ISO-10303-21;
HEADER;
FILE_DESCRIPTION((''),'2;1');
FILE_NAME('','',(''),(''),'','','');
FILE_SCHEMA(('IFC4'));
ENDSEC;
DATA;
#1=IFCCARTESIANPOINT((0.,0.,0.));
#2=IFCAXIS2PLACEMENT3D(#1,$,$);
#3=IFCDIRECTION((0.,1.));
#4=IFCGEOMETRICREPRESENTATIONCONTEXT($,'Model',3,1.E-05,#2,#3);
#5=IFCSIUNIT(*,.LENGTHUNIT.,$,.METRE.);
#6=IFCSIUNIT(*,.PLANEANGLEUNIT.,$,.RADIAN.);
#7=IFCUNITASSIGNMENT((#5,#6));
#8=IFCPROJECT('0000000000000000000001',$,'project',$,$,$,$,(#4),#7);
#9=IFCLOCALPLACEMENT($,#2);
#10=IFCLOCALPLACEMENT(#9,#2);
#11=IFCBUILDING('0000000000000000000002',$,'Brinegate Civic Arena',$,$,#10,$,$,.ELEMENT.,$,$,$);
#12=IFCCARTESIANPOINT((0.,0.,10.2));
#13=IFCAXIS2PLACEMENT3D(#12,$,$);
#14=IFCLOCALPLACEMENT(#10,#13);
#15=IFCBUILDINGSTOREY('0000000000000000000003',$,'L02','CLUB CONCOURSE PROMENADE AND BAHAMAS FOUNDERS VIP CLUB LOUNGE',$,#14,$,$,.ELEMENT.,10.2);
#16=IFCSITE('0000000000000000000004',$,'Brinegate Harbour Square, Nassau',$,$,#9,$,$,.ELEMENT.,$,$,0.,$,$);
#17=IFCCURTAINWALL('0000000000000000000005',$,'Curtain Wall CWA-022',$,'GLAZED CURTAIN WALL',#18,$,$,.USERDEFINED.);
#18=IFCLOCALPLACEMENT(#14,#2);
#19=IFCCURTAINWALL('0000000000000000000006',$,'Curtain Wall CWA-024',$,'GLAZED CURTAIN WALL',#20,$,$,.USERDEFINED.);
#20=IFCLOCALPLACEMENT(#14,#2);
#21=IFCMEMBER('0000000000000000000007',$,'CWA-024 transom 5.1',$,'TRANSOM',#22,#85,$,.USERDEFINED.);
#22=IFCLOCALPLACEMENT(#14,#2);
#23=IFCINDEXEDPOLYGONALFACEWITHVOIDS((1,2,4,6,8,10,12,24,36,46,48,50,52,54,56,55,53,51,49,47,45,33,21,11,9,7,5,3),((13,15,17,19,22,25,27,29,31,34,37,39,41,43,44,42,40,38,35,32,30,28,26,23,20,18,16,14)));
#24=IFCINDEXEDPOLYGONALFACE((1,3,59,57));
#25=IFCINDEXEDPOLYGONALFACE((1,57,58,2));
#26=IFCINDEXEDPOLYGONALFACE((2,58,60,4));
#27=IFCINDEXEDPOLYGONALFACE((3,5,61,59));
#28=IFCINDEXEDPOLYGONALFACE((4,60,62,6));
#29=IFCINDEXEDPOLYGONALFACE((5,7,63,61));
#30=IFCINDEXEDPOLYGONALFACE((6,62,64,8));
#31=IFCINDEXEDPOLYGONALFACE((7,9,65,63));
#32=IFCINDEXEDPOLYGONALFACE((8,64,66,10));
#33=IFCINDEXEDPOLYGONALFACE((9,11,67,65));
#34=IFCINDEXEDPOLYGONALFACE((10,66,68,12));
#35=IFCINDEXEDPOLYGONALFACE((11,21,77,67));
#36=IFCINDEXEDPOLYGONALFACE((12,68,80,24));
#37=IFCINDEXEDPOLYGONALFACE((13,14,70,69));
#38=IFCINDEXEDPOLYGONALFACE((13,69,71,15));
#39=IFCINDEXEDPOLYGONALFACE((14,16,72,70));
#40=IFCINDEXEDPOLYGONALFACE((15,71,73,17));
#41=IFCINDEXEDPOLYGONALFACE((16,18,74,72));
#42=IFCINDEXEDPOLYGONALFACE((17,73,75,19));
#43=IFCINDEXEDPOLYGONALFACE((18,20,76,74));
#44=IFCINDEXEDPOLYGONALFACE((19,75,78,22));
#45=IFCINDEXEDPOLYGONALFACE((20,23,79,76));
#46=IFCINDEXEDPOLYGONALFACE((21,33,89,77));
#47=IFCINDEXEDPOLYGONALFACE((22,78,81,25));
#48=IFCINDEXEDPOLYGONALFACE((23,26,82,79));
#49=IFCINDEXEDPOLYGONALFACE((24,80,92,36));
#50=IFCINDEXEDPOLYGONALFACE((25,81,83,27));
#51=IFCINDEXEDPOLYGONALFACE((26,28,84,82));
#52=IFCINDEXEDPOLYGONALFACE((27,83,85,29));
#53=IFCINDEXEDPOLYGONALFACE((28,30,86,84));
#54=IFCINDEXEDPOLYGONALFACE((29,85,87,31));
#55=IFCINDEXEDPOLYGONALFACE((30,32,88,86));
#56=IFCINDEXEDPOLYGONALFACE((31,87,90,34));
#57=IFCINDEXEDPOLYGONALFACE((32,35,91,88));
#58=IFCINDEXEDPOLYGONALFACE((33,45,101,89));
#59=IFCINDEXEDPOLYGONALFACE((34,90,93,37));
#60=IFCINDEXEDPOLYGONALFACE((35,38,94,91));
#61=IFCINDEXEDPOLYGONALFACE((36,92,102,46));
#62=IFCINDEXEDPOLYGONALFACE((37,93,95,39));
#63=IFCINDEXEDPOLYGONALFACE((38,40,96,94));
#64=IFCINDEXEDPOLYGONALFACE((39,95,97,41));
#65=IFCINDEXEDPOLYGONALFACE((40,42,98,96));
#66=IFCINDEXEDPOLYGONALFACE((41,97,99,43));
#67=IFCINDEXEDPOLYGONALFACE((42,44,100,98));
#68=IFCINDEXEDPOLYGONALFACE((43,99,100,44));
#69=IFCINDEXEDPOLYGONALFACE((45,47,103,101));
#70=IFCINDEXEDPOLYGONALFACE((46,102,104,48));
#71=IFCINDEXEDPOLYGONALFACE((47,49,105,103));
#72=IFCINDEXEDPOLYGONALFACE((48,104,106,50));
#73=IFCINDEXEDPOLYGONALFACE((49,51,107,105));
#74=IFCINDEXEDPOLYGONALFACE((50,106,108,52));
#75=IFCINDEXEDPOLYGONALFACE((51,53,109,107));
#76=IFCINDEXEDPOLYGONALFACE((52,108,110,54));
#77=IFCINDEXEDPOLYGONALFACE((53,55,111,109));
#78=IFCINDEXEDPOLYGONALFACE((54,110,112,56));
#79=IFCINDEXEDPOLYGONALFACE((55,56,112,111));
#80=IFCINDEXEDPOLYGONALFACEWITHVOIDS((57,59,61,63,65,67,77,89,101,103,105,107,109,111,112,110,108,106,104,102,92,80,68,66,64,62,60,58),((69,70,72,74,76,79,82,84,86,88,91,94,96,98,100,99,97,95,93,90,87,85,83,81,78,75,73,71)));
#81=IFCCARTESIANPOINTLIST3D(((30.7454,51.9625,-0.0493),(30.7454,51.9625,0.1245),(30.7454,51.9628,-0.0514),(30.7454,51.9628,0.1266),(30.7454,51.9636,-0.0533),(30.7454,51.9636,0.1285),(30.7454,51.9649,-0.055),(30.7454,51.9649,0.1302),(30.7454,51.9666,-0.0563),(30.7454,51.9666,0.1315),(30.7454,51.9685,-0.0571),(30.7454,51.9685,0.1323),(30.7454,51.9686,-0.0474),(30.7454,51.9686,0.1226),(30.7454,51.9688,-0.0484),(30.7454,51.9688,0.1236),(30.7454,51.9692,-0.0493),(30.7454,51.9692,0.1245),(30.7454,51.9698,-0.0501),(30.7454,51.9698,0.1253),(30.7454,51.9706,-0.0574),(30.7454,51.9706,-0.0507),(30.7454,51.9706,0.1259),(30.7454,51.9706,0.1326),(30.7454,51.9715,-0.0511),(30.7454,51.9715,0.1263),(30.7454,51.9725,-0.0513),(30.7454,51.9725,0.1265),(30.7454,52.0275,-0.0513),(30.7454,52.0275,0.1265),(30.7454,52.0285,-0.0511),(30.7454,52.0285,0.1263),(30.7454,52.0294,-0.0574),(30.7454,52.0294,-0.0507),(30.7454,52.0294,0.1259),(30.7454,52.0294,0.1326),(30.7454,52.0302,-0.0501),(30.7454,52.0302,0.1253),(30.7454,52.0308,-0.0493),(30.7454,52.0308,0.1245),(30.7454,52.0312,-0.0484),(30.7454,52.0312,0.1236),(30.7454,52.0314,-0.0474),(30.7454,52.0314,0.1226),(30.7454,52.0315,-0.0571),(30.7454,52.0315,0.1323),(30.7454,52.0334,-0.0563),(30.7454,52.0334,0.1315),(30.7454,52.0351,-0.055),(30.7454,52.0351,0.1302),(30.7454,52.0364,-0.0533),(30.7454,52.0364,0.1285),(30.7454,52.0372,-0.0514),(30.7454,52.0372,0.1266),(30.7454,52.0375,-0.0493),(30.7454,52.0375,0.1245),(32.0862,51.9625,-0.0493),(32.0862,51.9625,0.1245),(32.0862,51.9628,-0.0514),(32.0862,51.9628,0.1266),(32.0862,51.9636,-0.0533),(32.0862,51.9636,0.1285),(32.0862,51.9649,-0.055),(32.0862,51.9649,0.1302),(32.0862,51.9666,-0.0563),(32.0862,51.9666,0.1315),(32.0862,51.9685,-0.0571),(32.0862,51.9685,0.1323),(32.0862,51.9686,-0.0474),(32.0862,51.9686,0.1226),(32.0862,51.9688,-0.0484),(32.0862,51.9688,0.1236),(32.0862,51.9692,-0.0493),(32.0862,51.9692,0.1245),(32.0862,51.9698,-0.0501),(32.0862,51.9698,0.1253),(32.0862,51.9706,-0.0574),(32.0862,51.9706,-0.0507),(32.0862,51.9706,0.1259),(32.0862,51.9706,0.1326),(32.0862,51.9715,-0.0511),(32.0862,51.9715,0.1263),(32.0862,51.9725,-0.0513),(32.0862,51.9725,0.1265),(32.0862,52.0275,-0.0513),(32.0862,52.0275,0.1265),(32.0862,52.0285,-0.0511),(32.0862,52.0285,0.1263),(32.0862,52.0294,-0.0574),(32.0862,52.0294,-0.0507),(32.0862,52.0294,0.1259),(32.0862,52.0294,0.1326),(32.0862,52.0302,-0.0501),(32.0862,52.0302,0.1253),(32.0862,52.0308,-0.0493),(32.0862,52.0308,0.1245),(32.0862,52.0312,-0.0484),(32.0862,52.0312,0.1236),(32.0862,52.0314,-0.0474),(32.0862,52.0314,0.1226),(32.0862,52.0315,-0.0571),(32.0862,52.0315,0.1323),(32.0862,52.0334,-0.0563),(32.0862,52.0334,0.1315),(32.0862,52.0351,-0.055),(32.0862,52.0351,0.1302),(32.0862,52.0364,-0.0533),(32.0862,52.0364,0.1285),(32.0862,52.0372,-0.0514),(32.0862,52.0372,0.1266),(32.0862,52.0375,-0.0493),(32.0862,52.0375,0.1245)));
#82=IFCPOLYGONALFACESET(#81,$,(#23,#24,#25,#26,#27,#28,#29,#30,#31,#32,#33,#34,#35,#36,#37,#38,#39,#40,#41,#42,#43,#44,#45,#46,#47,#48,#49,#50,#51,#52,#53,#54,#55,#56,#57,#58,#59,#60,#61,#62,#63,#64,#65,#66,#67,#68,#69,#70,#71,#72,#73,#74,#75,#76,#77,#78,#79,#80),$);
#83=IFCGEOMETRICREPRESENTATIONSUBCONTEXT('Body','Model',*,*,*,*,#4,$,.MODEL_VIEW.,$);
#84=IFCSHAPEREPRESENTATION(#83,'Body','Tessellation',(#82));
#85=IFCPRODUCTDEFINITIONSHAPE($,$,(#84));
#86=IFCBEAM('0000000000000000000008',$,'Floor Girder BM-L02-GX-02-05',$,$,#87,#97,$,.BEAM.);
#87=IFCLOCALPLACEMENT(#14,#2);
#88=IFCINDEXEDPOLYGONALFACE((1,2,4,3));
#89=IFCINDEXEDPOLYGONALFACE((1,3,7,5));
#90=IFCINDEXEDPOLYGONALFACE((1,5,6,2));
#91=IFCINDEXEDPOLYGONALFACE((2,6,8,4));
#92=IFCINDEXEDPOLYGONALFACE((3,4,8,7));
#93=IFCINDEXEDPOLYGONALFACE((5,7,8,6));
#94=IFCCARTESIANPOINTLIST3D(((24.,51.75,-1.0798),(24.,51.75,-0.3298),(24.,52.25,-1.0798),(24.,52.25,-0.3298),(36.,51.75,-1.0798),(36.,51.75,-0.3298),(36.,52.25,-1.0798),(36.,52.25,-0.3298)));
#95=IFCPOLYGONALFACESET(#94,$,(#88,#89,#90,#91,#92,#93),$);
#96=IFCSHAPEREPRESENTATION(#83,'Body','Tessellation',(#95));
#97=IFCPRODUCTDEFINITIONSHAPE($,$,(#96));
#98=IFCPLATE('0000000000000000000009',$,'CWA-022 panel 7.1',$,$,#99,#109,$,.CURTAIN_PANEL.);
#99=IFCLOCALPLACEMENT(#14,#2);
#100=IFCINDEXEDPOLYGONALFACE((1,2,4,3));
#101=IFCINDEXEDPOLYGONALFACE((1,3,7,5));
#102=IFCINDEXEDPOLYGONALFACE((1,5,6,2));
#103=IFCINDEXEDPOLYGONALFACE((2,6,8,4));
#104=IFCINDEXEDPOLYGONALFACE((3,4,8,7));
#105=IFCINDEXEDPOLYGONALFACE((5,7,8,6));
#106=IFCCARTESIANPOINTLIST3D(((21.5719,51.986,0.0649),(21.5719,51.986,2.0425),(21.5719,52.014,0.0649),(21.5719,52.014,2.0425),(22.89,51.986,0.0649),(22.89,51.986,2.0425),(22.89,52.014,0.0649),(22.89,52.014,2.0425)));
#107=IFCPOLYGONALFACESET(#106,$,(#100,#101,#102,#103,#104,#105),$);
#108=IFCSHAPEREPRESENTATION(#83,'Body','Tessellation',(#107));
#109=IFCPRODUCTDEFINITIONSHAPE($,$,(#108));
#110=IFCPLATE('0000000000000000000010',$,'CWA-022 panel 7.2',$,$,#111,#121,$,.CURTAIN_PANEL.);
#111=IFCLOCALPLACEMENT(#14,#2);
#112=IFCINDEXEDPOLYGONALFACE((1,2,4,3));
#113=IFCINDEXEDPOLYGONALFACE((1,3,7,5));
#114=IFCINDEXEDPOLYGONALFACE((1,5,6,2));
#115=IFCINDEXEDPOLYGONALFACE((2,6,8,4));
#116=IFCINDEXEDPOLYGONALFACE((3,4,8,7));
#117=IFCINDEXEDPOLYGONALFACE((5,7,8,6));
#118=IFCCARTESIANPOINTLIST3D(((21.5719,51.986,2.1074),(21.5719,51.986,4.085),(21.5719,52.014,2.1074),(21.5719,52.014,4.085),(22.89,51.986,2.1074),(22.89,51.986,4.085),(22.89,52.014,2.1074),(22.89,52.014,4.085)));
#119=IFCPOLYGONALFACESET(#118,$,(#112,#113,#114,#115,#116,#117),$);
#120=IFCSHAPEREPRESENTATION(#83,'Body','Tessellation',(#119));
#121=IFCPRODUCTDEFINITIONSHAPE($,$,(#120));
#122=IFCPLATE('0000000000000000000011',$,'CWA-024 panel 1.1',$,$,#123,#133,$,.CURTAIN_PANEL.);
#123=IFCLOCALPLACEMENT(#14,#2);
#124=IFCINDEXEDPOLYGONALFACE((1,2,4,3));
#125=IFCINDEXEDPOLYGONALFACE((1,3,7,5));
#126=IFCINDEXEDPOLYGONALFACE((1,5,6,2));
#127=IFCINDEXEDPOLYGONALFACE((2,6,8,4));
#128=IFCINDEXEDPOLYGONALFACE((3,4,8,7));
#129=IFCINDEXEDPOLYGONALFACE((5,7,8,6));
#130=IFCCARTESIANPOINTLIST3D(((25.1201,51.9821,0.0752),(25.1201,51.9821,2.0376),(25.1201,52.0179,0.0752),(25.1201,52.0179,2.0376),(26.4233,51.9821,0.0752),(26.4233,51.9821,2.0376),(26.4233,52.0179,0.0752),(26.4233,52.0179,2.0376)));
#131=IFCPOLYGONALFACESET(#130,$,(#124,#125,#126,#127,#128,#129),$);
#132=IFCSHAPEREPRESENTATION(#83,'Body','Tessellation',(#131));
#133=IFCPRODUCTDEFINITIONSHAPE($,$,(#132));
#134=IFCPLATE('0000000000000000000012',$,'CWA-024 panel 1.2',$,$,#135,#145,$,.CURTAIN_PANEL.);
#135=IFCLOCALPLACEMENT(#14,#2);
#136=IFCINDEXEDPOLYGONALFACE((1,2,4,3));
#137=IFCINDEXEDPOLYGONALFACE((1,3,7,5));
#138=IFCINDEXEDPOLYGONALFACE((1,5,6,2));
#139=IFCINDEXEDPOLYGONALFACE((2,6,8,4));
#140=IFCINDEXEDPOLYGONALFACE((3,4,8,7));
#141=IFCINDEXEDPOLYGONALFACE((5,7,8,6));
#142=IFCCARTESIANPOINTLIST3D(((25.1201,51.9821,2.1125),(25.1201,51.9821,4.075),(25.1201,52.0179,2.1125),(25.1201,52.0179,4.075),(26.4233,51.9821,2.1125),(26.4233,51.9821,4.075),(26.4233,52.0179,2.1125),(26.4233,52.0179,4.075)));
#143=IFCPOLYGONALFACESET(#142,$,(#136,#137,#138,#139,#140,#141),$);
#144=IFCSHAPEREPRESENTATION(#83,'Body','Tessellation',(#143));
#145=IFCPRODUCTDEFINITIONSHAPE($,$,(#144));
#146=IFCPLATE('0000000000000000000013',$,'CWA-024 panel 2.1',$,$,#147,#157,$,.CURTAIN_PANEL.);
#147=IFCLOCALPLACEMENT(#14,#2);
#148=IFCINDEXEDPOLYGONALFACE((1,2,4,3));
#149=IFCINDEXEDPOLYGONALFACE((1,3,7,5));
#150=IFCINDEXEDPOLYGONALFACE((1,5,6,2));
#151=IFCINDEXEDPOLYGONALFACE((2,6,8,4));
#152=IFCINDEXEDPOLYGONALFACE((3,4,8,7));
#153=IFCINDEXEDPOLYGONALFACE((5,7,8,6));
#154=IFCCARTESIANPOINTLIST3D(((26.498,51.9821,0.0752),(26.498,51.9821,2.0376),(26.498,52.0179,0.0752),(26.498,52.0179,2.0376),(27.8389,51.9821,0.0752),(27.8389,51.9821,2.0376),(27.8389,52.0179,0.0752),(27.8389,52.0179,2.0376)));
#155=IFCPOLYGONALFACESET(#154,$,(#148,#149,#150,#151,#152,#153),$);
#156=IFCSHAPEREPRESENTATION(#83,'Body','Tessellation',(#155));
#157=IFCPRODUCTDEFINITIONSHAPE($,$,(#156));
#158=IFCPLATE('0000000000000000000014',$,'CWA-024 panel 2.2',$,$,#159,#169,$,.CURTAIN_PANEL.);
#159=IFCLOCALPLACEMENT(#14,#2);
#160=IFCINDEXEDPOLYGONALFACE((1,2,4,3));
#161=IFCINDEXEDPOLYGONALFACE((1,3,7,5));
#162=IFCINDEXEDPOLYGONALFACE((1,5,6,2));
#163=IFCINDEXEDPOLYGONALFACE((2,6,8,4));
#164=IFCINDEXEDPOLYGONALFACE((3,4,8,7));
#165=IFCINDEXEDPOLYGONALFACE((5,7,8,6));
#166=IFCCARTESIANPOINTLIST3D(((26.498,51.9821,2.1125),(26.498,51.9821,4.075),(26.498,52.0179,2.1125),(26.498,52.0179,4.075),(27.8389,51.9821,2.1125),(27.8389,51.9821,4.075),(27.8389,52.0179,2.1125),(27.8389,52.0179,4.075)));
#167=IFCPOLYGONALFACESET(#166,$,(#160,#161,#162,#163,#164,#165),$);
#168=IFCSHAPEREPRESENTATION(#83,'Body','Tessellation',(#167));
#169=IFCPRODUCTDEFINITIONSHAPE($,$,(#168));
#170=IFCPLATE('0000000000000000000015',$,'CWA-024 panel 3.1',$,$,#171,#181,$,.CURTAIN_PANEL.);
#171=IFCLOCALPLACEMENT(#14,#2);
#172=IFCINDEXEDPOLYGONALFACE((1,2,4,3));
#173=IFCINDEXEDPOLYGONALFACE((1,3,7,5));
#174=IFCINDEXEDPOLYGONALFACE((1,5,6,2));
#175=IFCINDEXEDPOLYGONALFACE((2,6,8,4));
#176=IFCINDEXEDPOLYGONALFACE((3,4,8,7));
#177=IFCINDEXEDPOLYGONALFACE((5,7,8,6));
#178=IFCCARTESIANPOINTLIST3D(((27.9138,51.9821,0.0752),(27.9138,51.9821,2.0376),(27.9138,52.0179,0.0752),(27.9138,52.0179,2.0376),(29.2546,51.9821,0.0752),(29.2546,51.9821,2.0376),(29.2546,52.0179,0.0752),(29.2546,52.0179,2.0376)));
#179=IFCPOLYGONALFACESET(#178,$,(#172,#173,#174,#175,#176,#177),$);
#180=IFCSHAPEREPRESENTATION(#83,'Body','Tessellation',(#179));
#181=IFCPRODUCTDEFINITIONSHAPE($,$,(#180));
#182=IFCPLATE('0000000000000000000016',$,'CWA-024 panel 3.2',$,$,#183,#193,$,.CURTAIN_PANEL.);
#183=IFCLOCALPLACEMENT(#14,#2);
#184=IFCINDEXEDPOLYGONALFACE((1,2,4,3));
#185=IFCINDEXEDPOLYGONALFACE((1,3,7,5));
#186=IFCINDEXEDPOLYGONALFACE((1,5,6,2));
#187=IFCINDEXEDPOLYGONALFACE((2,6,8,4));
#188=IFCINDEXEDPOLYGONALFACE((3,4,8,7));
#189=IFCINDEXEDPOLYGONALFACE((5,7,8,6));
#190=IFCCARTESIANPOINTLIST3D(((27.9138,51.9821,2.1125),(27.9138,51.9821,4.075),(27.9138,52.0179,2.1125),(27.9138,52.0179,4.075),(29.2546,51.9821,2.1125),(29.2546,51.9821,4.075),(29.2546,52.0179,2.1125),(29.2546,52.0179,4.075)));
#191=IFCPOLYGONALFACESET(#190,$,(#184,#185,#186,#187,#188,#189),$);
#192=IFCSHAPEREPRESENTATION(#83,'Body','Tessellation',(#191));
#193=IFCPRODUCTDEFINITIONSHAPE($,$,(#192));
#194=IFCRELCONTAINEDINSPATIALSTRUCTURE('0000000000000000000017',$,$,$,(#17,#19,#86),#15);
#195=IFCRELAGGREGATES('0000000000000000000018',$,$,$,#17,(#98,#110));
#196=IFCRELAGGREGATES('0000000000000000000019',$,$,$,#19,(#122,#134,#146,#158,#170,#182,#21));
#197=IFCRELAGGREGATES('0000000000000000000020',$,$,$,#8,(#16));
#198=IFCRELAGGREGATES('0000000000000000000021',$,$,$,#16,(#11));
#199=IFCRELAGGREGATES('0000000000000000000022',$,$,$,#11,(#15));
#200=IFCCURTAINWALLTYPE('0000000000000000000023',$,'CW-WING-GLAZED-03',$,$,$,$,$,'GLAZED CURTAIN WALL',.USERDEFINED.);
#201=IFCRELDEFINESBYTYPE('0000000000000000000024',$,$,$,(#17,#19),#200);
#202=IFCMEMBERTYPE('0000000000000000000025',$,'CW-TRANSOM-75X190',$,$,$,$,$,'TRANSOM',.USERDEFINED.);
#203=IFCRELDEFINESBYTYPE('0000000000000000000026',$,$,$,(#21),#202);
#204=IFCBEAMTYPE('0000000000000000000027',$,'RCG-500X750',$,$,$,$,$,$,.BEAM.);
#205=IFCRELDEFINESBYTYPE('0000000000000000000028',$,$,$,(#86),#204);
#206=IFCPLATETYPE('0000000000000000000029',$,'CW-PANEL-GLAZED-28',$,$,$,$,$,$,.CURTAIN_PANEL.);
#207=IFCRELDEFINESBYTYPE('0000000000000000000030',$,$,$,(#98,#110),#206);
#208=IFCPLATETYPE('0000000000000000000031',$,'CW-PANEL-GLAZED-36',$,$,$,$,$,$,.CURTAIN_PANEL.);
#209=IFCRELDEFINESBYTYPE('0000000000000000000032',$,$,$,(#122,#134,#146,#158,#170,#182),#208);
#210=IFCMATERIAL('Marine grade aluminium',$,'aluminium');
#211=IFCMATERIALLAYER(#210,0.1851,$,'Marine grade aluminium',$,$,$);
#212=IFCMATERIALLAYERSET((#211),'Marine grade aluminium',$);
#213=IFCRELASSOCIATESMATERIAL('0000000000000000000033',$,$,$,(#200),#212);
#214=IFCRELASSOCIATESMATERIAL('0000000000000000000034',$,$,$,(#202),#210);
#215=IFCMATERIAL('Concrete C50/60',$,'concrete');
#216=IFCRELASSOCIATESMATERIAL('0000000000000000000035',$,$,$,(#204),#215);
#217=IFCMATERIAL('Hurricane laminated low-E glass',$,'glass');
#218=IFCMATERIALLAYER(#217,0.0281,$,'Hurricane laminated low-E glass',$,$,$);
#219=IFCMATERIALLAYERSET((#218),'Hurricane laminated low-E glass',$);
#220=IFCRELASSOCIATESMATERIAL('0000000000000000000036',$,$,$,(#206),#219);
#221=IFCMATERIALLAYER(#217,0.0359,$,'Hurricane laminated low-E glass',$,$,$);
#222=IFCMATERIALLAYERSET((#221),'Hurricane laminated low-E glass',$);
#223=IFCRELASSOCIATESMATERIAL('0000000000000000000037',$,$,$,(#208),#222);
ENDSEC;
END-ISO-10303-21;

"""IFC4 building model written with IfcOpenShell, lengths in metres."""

from ifc_helpers import new_model, si_unit, direction, frame, origin, origin_2d, place, context, subcontext, project, spatial, rectangle, hollow_rectangle, extrude, material, layer, layer_set, material_profile, profile_set, type_object, element, aggregate, save


model = new_model("IFC4")

# Units and contexts
model_context = context("Model", 3, precision=1e-05, world=origin(), true_north=direction((0.0, 1.0)))
body_context = subcontext(model_context, "Body", "Model", "MODEL_VIEW")
ifc_project = project(units=[si_unit("LENGTHUNIT", "METRE"), si_unit("PLANEANGLEUNIT", "RADIAN")], contexts=[model_context])

# Site, building, storey
site_placement = place(None, origin())
site = spatial("IfcSite", under=ifc_project, at=site_placement, Name="Brinegate Harbour Square, Nassau", CompositionType="ELEMENT", RefElevation=0.0)
building_placement = place(site_placement, origin())
building = spatial("IfcBuilding", under=site, at=building_placement, Name="Brinegate Civic Arena", CompositionType="ELEMENT")
storey_placement = place(building_placement, frame((0.0, 0.0, 10.2)))
storey = spatial("IfcBuildingStorey", under=building, at=storey_placement, Name="L02", Description="CLUB CONCOURSE PROMENADE AND BAHAMAS FOUNDERS VIP CLUB LOUNGE", CompositionType="ELEMENT", Elevation=10.2)

# Shared definitions
ifc_material_1 = material(Name="Concrete C50/60", Category="concrete")

# Curtain wall
ifc_material_2 = material(Name="Marine grade aluminium", Category="aluminium")
ifc_layer_1 = layer(ifc_material_2, 0.1851, Name="Marine grade aluminium")
ifc_layer_set_1 = layer_set([ifc_layer_1], Name="Marine grade aluminium")
curtain_wall_type_1 = type_object("IfcCurtainWallType", Name="CW-WING-GLAZED-03", ElementType="GLAZED CURTAIN WALL", PredefinedType="USERDEFINED", material=ifc_layer_set_1)
curtain_wall_1_placement = place(storey_placement, origin())
curtain_wall_1 = element("IfcCurtainWall", 1, at=curtain_wall_1_placement, inside=storey, type_object=curtain_wall_type_1, Name="Curtain Wall CWA-022", ObjectType="GLAZED CURTAIN WALL", PredefinedType="USERDEFINED")

# Curtain wall
curtain_wall_2_placement = place(storey_placement, origin())
curtain_wall_2 = element("IfcCurtainWall", 2, at=curtain_wall_2_placement, inside=storey, type_object=curtain_wall_type_1, Name="Curtain Wall CWA-024", ObjectType="GLAZED CURTAIN WALL", PredefinedType="USERDEFINED")

# Member
ifc_material_profile_1 = material_profile(ifc_material_2, hollow_rectangle(XDim=0.075, YDim=0.1899, WallThickness=0.0061, InnerFilletRadius=0.0039, OuterFilletRadius=0.0081, at=origin_2d()), Name="TRN75X190")
ifc_profile_set_1 = profile_set([ifc_material_profile_1], Name="Marine grade aluminium")
member_type_1 = type_object("IfcMemberType", Name="CW-TRANSOM-75X190", ElementType="TRANSOM", PredefinedType="USERDEFINED", material=ifc_profile_set_1)
member_1_placement = place(storey_placement, frame((30.7454, 52.0, 0.0376), z_axis=(1.0, 0.0, 0.0), x_axis=(0.0, 1.0, 0.0)))
member_1 = element("IfcMember", 3, at=member_1_placement, type_object=member_type_1, Name="CWA-024 transom 5.1", ObjectType="TRANSOM", PredefinedType="USERDEFINED", context=body_context, shape_type="SweptSolid", body=[
    extrude(hollow_rectangle(XDim=0.075, YDim=0.1899, WallThickness=0.0061, InnerFilletRadius=0.0039, OuterFilletRadius=0.0081, at=origin_2d()), origin(), (0.0, 0.0, 1.0), 1.3408),
])

# Beam
ifc_material_profile_2 = material_profile(ifc_material_1, rectangle(XDim=0.5, YDim=0.75, at=origin_2d()), Name="RCB500X750")
ifc_profile_set_2 = profile_set([ifc_material_profile_2], Name="Concrete C50/60")
beam_type = type_object("IfcBeamType", Name="RCG-500X750", PredefinedType="BEAM", material=ifc_profile_set_2)
beam_placement = place(storey_placement, frame((24.0, 52.0, -0.7048), z_axis=(1.0, 0.0, 0.0), x_axis=(0.0, 1.0, 0.0)))
element("IfcBeam", 4, at=beam_placement, inside=storey, type_object=beam_type, Name="Floor Girder BM-L02-GX-02-05", PredefinedType="BEAM", context=body_context, shape_type="SweptSolid", body=[
    extrude(rectangle(XDim=0.5, YDim=0.75, at=origin_2d()), origin(), (0.0, 0.0, 1.0), 12.0),
])

# Plates
ifc_material_3 = material(Name="Hurricane laminated low-E glass", Category="glass")
ifc_layer_2 = layer(ifc_material_3, 0.0281, Name="Hurricane laminated low-E glass")
ifc_layer_set_2 = layer_set([ifc_layer_2], Name="Hurricane laminated low-E glass")
plate_type_1 = type_object("IfcPlateType", Name="CW-PANEL-GLAZED-28", PredefinedType="CURTAIN_PANEL", material=ifc_layer_set_2)
plate_1_placement = place(storey_placement, frame((22.231, 52.0, 0.0649), z_axis=(0.0, 0.0, 1.0), x_axis=(1.0, 0.0, 0.0)))
plate_1 = element("IfcPlate", 5, at=plate_1_placement, type_object=plate_type_1, Name="CWA-022 panel 7.1", PredefinedType="CURTAIN_PANEL", context=body_context, shape_type="SweptSolid", body=[
    extrude(rectangle(XDim=1.3181, YDim=0.0281, at=origin_2d()), origin(), (0.0, 0.0, 1.0), 1.9775),
])
plate_2_placement = place(storey_placement, frame((22.231, 52.0, 2.1074), z_axis=(0.0, 0.0, 1.0), x_axis=(1.0, 0.0, 0.0)))
plate_2 = element("IfcPlate", 6, at=plate_2_placement, type_object=plate_type_1, Name="CWA-022 panel 7.2", PredefinedType="CURTAIN_PANEL", context=body_context, shape_type="SweptSolid", body=[
    extrude(rectangle(XDim=1.3181, YDim=0.0281, at=origin_2d()), origin(), (0.0, 0.0, 1.0), 1.9775),
])
aggregate(curtain_wall_1, [plate_1, plate_2])
ifc_layer_3 = layer(ifc_material_3, 0.0359, Name="Hurricane laminated low-E glass")
ifc_layer_set_3 = layer_set([ifc_layer_3], Name="Hurricane laminated low-E glass")
plate_type_2 = type_object("IfcPlateType", Name="CW-PANEL-GLAZED-36", PredefinedType="CURTAIN_PANEL", material=ifc_layer_set_3)
plate_3_placement = place(storey_placement, frame((25.7717, 52.0, 0.0752), z_axis=(0.0, 0.0, 1.0), x_axis=(1.0, 0.0, 0.0)))
plate_3 = element("IfcPlate", 7, at=plate_3_placement, type_object=plate_type_2, Name="CWA-024 panel 1.1", PredefinedType="CURTAIN_PANEL", context=body_context, shape_type="SweptSolid", body=[
    extrude(rectangle(XDim=1.3032, YDim=0.0359, at=origin_2d()), origin(), (0.0, 0.0, 1.0), 1.9624),
])
plate_4_placement = place(storey_placement, frame((25.7717, 52.0, 2.1125), z_axis=(0.0, 0.0, 1.0), x_axis=(1.0, 0.0, 0.0)))
plate_4 = element("IfcPlate", 8, at=plate_4_placement, type_object=plate_type_2, Name="CWA-024 panel 1.2", PredefinedType="CURTAIN_PANEL", context=body_context, shape_type="SweptSolid", body=[
    extrude(rectangle(XDim=1.3032, YDim=0.0359, at=origin_2d()), origin(), (0.0, 0.0, 1.0), 1.9624),
])
plate_5_placement = place(storey_placement, frame((27.1685, 52.0, 0.0752), z_axis=(0.0, 0.0, 1.0), x_axis=(1.0, 0.0, 0.0)))
plate_5 = element("IfcPlate", 9, at=plate_5_placement, type_object=plate_type_2, Name="CWA-024 panel 2.1", PredefinedType="CURTAIN_PANEL", context=body_context, shape_type="SweptSolid", body=[
    extrude(rectangle(XDim=1.3408, YDim=0.0359, at=origin_2d()), origin(), (0.0, 0.0, 1.0), 1.9624),
])
plate_6_placement = place(storey_placement, frame((27.1685, 52.0, 2.1125), z_axis=(0.0, 0.0, 1.0), x_axis=(1.0, 0.0, 0.0)))
plate_6 = element("IfcPlate", 10, at=plate_6_placement, type_object=plate_type_2, Name="CWA-024 panel 2.2", PredefinedType="CURTAIN_PANEL", context=body_context, shape_type="SweptSolid", body=[
    extrude(rectangle(XDim=1.3408, YDim=0.0359, at=origin_2d()), origin(), (0.0, 0.0, 1.0), 1.9624),
])
plate_7_placement = place(storey_placement, frame((28.5842, 52.0, 0.0752), z_axis=(0.0, 0.0, 1.0), x_axis=(1.0, 0.0, 0.0)))
plate_7 = element("IfcPlate", 11, at=plate_7_placement, type_object=plate_type_2, Name="CWA-024 panel 3.1", PredefinedType="CURTAIN_PANEL", context=body_context, shape_type="SweptSolid", body=[
    extrude(rectangle(XDim=1.3408, YDim=0.0359, at=origin_2d()), origin(), (0.0, 0.0, 1.0), 1.9624),
])
plate_8_placement = place(storey_placement, frame((28.5842, 52.0, 2.1125), z_axis=(0.0, 0.0, 1.0), x_axis=(1.0, 0.0, 0.0)))
plate_8 = element("IfcPlate", 12, at=plate_8_placement, type_object=plate_type_2, Name="CWA-024 panel 3.2", PredefinedType="CURTAIN_PANEL", context=body_context, shape_type="SweptSolid", body=[
    extrude(rectangle(XDim=1.3408, YDim=0.0359, at=origin_2d()), origin(), (0.0, 0.0, 1.0), 1.9624),
])
aggregate(curtain_wall_2, [plate_3, plate_4, plate_5, plate_6, plate_7, plate_8, member_1])

save(model, "model.ifc")
